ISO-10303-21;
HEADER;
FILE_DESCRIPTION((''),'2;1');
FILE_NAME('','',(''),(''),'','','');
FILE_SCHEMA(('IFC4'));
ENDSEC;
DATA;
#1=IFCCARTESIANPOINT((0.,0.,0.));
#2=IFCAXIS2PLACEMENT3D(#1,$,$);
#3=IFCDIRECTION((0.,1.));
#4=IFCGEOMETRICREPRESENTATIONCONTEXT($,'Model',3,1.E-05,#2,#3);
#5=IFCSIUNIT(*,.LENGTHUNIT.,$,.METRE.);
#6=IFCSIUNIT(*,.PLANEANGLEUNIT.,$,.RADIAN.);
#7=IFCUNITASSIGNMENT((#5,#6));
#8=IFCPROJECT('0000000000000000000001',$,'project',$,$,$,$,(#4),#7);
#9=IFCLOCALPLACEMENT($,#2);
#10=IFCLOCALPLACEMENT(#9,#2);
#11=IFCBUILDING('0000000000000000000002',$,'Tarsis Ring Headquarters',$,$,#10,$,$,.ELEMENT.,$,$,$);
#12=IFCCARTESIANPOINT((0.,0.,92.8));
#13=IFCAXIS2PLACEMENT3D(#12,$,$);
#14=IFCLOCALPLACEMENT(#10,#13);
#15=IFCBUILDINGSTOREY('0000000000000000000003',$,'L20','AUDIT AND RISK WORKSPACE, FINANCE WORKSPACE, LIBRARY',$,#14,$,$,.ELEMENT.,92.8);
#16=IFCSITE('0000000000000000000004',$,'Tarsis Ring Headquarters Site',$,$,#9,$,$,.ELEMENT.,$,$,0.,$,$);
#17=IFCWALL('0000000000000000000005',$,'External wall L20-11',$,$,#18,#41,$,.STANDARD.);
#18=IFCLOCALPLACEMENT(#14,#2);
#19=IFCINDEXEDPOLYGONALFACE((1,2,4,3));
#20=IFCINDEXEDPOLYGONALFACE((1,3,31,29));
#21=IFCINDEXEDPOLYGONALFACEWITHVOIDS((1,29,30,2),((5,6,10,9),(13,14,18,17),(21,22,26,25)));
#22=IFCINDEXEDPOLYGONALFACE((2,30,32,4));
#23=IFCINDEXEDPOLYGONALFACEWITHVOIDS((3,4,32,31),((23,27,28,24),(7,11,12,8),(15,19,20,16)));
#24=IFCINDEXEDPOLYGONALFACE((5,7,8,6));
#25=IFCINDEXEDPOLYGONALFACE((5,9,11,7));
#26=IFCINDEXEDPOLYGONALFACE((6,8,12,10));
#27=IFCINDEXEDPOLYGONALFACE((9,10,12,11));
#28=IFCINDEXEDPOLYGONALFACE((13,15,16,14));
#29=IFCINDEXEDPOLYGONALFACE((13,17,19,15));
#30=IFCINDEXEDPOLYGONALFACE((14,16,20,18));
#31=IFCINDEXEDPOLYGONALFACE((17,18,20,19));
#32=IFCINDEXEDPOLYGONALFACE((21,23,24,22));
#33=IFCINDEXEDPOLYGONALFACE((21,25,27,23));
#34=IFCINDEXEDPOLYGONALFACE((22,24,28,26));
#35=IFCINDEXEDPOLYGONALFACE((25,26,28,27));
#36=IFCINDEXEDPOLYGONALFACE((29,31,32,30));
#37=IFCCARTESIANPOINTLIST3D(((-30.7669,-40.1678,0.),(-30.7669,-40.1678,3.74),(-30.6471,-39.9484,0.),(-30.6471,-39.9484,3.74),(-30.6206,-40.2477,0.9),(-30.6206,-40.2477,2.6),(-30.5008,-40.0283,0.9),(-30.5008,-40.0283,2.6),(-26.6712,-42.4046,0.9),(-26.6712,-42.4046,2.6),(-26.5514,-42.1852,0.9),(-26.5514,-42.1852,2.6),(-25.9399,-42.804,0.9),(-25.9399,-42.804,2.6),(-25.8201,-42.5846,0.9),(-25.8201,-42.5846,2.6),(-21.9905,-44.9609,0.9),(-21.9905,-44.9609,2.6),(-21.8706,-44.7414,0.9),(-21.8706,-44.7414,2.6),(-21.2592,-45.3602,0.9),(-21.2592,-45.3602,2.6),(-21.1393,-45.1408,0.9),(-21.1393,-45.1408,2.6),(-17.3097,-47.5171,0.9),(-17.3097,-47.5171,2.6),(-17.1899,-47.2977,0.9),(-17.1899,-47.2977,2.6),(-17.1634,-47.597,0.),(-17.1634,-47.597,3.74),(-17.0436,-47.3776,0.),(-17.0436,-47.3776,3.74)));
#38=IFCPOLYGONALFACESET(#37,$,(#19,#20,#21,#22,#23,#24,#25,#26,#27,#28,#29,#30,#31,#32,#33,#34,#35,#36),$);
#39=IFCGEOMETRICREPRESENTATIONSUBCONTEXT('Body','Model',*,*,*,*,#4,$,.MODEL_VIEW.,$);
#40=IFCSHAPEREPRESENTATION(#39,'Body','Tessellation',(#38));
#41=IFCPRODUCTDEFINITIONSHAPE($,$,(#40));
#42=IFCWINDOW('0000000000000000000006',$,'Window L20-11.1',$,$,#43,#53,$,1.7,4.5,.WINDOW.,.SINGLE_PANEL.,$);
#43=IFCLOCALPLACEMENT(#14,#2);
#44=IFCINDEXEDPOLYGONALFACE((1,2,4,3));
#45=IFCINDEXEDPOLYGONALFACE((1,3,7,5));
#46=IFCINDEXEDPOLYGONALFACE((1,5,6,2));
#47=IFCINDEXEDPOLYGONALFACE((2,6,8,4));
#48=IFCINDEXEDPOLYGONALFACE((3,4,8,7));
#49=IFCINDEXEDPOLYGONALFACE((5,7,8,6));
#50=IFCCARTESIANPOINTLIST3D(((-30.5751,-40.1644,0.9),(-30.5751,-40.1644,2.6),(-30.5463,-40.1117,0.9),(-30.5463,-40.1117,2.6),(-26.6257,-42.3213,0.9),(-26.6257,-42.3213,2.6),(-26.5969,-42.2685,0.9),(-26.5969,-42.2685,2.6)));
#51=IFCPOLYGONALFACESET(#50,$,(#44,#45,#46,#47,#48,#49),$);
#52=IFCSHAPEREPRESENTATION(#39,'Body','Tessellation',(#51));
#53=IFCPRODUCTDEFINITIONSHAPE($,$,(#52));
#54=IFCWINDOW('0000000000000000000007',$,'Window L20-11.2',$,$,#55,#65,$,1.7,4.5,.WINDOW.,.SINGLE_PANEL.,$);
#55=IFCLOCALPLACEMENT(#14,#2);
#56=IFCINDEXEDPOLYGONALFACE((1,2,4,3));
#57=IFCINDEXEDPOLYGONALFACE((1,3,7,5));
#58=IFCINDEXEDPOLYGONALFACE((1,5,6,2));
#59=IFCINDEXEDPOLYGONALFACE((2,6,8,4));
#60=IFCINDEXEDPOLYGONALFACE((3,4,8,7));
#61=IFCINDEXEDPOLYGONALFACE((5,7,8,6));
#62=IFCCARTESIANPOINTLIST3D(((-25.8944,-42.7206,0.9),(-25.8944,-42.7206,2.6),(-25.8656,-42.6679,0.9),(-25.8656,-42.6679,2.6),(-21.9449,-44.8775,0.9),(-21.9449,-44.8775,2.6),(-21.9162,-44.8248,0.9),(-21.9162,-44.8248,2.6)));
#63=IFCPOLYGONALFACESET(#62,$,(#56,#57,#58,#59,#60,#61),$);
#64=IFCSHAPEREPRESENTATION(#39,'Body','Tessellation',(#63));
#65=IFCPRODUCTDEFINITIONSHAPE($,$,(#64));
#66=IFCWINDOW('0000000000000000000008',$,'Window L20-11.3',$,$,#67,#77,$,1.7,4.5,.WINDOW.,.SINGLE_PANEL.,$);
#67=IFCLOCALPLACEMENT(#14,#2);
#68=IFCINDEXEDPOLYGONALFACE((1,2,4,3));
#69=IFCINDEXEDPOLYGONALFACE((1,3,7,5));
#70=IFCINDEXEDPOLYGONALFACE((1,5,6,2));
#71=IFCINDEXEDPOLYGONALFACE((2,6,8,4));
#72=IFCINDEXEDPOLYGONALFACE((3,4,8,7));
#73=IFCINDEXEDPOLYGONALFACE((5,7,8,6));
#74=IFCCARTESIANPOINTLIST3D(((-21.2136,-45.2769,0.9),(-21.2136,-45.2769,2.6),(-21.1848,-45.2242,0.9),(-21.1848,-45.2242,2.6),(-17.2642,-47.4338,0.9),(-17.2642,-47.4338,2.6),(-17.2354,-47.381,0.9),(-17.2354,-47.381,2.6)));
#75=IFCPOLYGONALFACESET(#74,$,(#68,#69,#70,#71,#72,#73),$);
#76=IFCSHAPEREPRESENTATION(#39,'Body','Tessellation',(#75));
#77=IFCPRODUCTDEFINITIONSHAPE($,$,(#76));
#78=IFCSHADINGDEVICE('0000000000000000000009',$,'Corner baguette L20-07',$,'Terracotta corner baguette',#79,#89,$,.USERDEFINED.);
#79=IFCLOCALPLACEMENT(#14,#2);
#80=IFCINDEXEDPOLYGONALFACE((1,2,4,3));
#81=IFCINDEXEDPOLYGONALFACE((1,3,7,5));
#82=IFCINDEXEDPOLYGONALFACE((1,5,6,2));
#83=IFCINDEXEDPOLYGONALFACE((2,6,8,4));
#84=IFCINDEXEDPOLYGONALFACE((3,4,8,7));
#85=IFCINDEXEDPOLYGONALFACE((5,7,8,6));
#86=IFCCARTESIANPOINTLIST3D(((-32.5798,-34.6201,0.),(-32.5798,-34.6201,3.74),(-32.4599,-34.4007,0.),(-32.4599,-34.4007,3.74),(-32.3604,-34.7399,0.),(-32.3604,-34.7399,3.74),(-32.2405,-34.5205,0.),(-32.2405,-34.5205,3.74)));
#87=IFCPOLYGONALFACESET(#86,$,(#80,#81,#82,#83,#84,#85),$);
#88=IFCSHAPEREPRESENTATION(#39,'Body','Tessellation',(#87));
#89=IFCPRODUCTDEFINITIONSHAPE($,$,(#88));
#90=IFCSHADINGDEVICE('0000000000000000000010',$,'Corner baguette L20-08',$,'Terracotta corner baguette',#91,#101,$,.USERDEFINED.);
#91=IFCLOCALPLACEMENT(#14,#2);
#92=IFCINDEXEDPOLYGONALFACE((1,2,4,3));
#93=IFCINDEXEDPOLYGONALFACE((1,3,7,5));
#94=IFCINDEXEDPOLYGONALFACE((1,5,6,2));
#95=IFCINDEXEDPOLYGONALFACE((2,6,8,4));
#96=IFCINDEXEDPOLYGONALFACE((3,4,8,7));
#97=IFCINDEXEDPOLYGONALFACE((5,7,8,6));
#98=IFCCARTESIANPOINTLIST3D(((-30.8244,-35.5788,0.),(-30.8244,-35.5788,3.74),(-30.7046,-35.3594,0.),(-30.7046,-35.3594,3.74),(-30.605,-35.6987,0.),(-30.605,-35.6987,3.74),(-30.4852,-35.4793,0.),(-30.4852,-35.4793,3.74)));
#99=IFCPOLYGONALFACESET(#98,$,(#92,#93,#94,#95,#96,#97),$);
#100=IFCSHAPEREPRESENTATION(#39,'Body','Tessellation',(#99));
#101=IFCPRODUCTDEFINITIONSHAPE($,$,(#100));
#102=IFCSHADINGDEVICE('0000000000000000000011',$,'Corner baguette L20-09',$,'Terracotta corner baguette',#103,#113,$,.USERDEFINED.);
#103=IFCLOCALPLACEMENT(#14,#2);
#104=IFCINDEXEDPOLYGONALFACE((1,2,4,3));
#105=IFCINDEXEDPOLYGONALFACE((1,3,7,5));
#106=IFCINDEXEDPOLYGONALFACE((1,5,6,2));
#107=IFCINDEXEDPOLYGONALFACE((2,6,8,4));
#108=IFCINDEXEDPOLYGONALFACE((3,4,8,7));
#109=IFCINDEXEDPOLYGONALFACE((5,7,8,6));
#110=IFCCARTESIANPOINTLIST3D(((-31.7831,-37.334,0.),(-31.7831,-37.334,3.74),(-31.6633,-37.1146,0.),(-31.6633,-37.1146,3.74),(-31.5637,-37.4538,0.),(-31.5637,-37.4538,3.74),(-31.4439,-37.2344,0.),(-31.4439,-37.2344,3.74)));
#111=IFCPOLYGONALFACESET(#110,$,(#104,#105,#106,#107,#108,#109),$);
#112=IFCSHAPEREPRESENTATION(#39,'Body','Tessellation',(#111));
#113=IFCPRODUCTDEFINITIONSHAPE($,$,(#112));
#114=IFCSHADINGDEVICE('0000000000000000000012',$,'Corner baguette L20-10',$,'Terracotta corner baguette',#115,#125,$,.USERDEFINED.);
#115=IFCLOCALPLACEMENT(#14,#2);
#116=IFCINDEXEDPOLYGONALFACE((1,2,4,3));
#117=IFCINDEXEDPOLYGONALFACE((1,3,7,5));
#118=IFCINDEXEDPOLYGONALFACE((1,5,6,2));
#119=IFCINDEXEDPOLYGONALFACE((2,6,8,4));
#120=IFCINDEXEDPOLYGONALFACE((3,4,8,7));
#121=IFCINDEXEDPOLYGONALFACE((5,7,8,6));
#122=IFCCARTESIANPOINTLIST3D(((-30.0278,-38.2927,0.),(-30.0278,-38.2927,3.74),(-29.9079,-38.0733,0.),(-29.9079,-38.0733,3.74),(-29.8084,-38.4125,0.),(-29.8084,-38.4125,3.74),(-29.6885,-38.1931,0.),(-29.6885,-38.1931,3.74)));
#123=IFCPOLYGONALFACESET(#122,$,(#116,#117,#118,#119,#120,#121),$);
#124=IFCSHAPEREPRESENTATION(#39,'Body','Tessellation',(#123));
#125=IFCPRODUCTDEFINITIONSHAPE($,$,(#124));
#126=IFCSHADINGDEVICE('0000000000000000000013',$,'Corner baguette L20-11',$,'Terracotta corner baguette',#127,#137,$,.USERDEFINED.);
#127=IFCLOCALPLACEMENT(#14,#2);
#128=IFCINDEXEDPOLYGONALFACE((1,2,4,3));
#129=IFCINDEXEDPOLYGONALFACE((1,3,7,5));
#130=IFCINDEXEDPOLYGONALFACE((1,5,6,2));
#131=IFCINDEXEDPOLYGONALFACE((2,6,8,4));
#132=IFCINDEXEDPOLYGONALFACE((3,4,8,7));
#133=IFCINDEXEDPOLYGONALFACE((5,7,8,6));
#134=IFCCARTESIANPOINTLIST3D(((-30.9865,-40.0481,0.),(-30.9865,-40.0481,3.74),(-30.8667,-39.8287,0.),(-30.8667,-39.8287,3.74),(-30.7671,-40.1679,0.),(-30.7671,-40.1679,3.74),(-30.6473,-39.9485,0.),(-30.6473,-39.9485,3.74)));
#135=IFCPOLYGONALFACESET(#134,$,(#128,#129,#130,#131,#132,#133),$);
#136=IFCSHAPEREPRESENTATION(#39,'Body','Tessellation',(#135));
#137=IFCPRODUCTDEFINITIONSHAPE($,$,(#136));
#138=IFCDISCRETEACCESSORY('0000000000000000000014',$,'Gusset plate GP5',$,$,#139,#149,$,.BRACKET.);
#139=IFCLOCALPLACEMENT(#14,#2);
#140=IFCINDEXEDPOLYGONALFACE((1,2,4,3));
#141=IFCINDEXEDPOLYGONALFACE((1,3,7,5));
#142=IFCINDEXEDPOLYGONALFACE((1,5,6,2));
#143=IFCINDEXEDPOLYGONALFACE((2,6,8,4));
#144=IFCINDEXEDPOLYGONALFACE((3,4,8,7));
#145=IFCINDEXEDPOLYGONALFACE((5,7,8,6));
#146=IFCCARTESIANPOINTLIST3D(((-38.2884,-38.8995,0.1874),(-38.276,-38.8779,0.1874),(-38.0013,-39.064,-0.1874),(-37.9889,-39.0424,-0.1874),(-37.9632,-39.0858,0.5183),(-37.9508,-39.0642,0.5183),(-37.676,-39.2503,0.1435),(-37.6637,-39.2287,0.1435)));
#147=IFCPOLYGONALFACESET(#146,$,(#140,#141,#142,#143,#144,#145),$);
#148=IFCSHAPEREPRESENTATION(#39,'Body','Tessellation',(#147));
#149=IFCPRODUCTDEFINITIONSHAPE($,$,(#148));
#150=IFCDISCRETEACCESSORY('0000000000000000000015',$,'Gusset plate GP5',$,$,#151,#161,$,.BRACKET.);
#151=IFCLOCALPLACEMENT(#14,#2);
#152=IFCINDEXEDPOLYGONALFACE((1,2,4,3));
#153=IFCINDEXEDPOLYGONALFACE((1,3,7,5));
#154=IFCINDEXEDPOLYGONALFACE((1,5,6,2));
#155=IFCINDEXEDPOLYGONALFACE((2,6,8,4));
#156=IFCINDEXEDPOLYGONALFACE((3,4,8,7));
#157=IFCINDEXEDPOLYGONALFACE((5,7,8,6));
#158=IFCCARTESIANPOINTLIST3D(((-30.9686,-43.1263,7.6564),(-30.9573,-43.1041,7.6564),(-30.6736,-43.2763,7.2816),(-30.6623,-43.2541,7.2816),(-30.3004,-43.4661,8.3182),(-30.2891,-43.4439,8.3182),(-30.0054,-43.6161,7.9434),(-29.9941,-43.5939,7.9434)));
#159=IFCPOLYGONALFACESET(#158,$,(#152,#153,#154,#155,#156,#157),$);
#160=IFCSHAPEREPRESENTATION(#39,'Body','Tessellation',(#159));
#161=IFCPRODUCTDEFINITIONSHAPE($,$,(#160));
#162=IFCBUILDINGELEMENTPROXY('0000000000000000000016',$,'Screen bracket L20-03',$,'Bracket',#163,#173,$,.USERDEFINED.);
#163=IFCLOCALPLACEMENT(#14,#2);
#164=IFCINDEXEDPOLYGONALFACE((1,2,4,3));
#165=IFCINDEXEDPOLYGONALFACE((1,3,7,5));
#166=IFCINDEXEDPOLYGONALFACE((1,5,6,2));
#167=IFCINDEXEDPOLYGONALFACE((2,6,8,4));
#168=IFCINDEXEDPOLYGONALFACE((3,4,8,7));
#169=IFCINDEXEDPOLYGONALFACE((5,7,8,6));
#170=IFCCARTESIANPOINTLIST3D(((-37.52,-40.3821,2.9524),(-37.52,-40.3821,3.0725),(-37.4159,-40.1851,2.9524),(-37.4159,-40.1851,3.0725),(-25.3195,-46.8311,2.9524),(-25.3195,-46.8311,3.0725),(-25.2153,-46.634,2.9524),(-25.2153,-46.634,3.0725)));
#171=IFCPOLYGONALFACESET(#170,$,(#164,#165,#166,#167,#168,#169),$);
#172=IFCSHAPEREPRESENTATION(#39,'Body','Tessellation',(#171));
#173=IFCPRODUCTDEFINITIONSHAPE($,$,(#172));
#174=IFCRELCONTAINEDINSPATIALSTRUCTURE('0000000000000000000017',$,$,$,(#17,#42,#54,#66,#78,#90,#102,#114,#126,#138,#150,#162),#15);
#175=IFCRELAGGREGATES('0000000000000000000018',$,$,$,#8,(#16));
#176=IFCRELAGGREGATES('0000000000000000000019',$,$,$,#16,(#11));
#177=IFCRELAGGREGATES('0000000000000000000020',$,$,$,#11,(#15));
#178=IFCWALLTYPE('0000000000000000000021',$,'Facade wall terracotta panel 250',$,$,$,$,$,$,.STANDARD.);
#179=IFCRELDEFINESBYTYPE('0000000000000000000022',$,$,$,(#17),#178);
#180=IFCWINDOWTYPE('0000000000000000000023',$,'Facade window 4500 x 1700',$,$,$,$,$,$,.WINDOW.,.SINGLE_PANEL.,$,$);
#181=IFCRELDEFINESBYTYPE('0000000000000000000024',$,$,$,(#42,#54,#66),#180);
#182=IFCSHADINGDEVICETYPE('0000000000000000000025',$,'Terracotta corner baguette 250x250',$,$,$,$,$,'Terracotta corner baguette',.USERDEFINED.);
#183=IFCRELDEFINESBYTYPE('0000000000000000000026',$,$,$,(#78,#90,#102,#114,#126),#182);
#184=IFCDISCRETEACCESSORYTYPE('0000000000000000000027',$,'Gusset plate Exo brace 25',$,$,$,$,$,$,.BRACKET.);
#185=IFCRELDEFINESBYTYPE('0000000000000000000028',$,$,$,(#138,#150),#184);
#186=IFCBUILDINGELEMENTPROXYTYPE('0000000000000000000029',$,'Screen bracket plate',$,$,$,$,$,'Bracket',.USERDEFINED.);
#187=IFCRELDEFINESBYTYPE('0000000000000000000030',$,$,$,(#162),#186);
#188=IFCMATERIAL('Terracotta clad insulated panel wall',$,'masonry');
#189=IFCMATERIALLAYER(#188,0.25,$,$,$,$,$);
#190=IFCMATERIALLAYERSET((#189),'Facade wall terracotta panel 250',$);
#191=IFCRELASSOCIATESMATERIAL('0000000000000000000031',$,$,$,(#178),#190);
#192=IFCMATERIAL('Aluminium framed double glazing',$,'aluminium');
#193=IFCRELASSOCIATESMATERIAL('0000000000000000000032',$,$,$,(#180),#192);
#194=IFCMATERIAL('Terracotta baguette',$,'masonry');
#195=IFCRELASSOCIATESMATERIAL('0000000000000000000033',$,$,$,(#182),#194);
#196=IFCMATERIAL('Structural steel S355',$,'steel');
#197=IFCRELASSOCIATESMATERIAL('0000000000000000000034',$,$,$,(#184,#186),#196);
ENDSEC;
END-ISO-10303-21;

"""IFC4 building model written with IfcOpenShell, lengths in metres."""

from ifc_helpers import new_model, si_unit, direction, frame, frame_2d, origin, origin_2d, place, context, subcontext, project, spatial, rectangle, extrude, material, layer, layer_set, material_profile, profile_set, type_object, element, fill, save


model = new_model("IFC4")

# Units and contexts
model_context = context("Model", 3, precision=1e-05, world=origin(), true_north=direction((0.0, 1.0)))
body_context = subcontext(model_context, "Body", "Model", "MODEL_VIEW")
ifc_project = project(units=[si_unit("LENGTHUNIT", "METRE"), si_unit("PLANEANGLEUNIT", "RADIAN")], contexts=[model_context])

# Site, building, storey
site_placement = place(None, origin())
site = spatial("IfcSite", under=ifc_project, at=site_placement, Name="Tarsis Ring Headquarters Site", CompositionType="ELEMENT", RefElevation=0.0)
building_placement = place(site_placement, origin())
building = spatial("IfcBuilding", under=site, at=building_placement, Name="Tarsis Ring Headquarters", CompositionType="ELEMENT")
storey_placement = place(building_placement, frame((0.0, 0.0, 92.8)))
storey = spatial("IfcBuildingStorey", under=building, at=storey_placement, Name="L20", Description="AUDIT AND RISK WORKSPACE, FINANCE WORKSPACE, LIBRARY", CompositionType="ELEMENT", Elevation=92.8)

# Shared definitions
ifc_material_1 = material(Name="Structural steel S355", Category="steel")

# Shared definitions
ifc_material_2 = material(Name="Terracotta clad insulated panel wall", Category="masonry")
ifc_layer = layer(ifc_material_2, 0.25)
ifc_layer_set = layer_set([ifc_layer], Name="Facade wall terracotta panel 250")
wall_type = type_object("IfcWallType", Name="Facade wall terracotta panel 250", PredefinedType="STANDARD", material=ifc_layer_set)

# Wall, openings, windows
wall_placement = place(storey_placement, frame((-30.707, -40.0581, 0.0), z_axis=(0.0, 0.0, 1.0), x_axis=(0.877649, -0.479305, 0.0)))
wall = element("IfcWall", 1, at=wall_placement, inside=storey, type_object=wall_type, Name="External wall L20-11", PredefinedType="STANDARD", context=body_context, shape_type="SweptSolid", body=[
    extrude(rectangle(XDim=15.5, YDim=0.25, at=frame_2d((7.75, 0.0))), origin(), (0.0, 0.0, 1.0), 3.74),
])
opening_1_placement = place(wall_placement, frame((0.1667, 0.0, 0.8999)))
opening_1 = element("IfcOpeningElement", 2, at=opening_1_placement, cuts=wall, PredefinedType="OPENING", context=body_context, shape_type="SweptSolid", body=[
    extrude(rectangle(XDim=4.5, YDim=1.7, at=frame_2d((2.25, 0.8501))), frame((0.0, 0.135, 0.0), z_axis=(0.0, -1.0, 0.0), x_axis=(1.0, 0.0, 0.0)), (0.0, 0.0, 1.0), 0.27),
])
opening_2_placement = place(wall_placement, frame((5.5, 0.0, 0.8999)))
opening_2 = element("IfcOpeningElement", 3, at=opening_2_placement, cuts=wall, PredefinedType="OPENING", context=body_context, shape_type="SweptSolid", body=[
    extrude(rectangle(XDim=4.5, YDim=1.7, at=frame_2d((2.25, 0.8501))), frame((0.0, 0.135, 0.0), z_axis=(0.0, -1.0, 0.0), x_axis=(1.0, 0.0, 0.0)), (0.0, 0.0, 1.0), 0.27),
])
opening_3_placement = place(wall_placement, frame((10.8333, 0.0, 0.8999)))
opening_3 = element("IfcOpeningElement", 4, at=opening_3_placement, cuts=wall, PredefinedType="OPENING", context=body_context, shape_type="SweptSolid", body=[
    extrude(rectangle(XDim=4.5, YDim=1.7, at=frame_2d((2.25, 0.8501))), frame((0.0, 0.135, 0.0), z_axis=(0.0, -1.0, 0.0), x_axis=(1.0, 0.0, 0.0)), (0.0, 0.0, 1.0), 0.27),
])
ifc_material_3 = material(Name="Aluminium framed double glazing", Category="aluminium")
window_type = type_object("IfcWindowType", Name="Facade window 4500 x 1700", PartitioningType="SINGLE_PANEL", PredefinedType="WINDOW", material=ifc_material_3)
window_1_placement = place(opening_1_placement, origin())
window_1 = element("IfcWindow", 5, at=window_1_placement, inside=storey, type_object=window_type, Name="Window L20-11.1", OverallHeight=1.7, OverallWidth=4.5, PartitioningType="SINGLE_PANEL", PredefinedType="WINDOW", context=body_context, shape_type="SweptSolid", body=[
    extrude(rectangle(XDim=4.5, YDim=1.7, at=frame_2d((2.25, 0.8501))), frame((0.0, 0.03, 0.0), z_axis=(0.0, -1.0, 0.0), x_axis=(1.0, 0.0, 0.0)), (0.0, 0.0, 1.0), 0.0601),
])
fill(opening_1, window_1)
window_2_placement = place(opening_2_placement, origin())
window_2 = element("IfcWindow", 6, at=window_2_placement, inside=storey, type_object=window_type, Name="Window L20-11.2", OverallHeight=1.7, OverallWidth=4.5, PartitioningType="SINGLE_PANEL", PredefinedType="WINDOW", context=body_context, shape_type="SweptSolid", body=[
    extrude(rectangle(XDim=4.5, YDim=1.7, at=frame_2d((2.25, 0.8501))), frame((0.0, 0.03, 0.0), z_axis=(0.0, -1.0, 0.0), x_axis=(1.0, 0.0, 0.0)), (0.0, 0.0, 1.0), 0.0601),
])
fill(opening_2, window_2)
window_3_placement = place(opening_3_placement, origin())
window_3 = element("IfcWindow", 7, at=window_3_placement, inside=storey, type_object=window_type, Name="Window L20-11.3", OverallHeight=1.7, OverallWidth=4.5, PartitioningType="SINGLE_PANEL", PredefinedType="WINDOW", context=body_context, shape_type="SweptSolid", body=[
    extrude(rectangle(XDim=4.5, YDim=1.7, at=frame_2d((2.25, 0.8501))), frame((0.0, 0.03, 0.0), z_axis=(0.0, -1.0, 0.0), x_axis=(1.0, 0.0, 0.0)), (0.0, 0.0, 1.0), 0.0601),
])
fill(opening_3, window_3)

# Shading devices
ifc_material_4 = material(Name="Terracotta baguette", Category="masonry")
shading_device_type_1 = type_object("IfcShadingDeviceType", Name="Terracotta corner baguette 250x250", ElementType="Terracotta corner baguette", PredefinedType="USERDEFINED", material=ifc_material_4)
for number, where, z_axis, x_axis, name in (
    (8, (-32.4102, -34.5703, 0.0), (0.0, 0.0, 1.0), (-0.479305, -0.877649, 0.0), "Corner baguette L20-07"),
    (9, (-30.6548, -35.5291, 0.0), (0.0, 0.0, 1.0), (0.877649, -0.479304, 0.0), "Corner baguette L20-08"),
    (10, (-31.6135, -37.2842, 0.0), (0.0, 0.0, 1.0), (-0.479305, -0.877648, 0.0), "Corner baguette L20-09"),
    (11, (-29.8582, -38.2429, 0.0), (0.0, 0.0, 1.0), (0.877648, -0.479305, 0.0), "Corner baguette L20-10"),
    (12, (-30.8169, -39.9983, 0.0), (0.0, 0.0, 1.0), (-0.479305, -0.877649, 0.0), "Corner baguette L20-11"),
):
    element("IfcShadingDevice", number, at=place(storey_placement, frame(where, z_axis=z_axis, x_axis=x_axis)), inside=storey, type_object=shading_device_type_1, Name=name, ObjectType="Terracotta corner baguette", PredefinedType="USERDEFINED", context=body_context, shape_type="SweptSolid", body=[
        extrude(rectangle(XDim=0.25, YDim=0.25, at=origin_2d()), origin(), (0.0, 0.0, 1.0), 3.74),
    ])

# Discrete accessories
ifc_material_profile_1 = material_profile(ifc_material_1, rectangle(XDim=0.0249, YDim=0.5, at=origin_2d()), Name="PL 25x500")
ifc_profile_set_1 = profile_set([ifc_material_profile_1], Name="Structural steel S355")
discrete_accessory_type = type_object("IfcDiscreteAccessoryType", Name="Gusset plate Exo brace 25", PredefinedType="BRACKET", material=ifc_profile_set_1)
discrete_accessory_1_placement = place(storey_placement, frame((-38.1387, -38.9709, 0.0), z_axis=(0.650537, -0.372642, 0.66177), x_axis=(0.497051, 0.867722, 0.0)))
element("IfcDiscreteAccessory", 13, at=discrete_accessory_1_placement, inside=storey, type_object=discrete_accessory_type, Name="Gusset plate GP5", PredefinedType="BRACKET", context=body_context, shape_type="SweptSolid", body=[
    extrude(rectangle(XDim=0.0249, YDim=0.5, at=origin_2d()), origin(), (0.0, 0.0, 1.0), 0.5),
])
discrete_accessory_2_placement = place(storey_placement, frame((-30.8154, -43.1902, 7.469), z_axis=(0.66819, -0.339832, 0.661843), x_axis=(0.453326, 0.891345, 0.0)))
element("IfcDiscreteAccessory", 14, at=discrete_accessory_2_placement, inside=storey, type_object=discrete_accessory_type, Name="Gusset plate GP5", PredefinedType="BRACKET", context=body_context, shape_type="SweptSolid", body=[
    extrude(rectangle(XDim=0.0249, YDim=0.5, at=origin_2d()), origin(), (0.0, 0.0, 1.0), 1.0),
])

# Building element proxy
building_element_proxy_type = type_object("IfcBuildingElementProxyType", Name="Screen bracket plate", ElementType="Bracket", PredefinedType="USERDEFINED", material=ifc_material_1)
proxy_placement = place(storey_placement, frame((-31.3677, -43.5081, 2.9524), z_axis=(0.0, 0.0, 1.0), x_axis=(0.884092, -0.467313, 0.0)))
element("IfcBuildingElementProxy", 15, at=proxy_placement, inside=storey, type_object=building_element_proxy_type, Name="Screen bracket L20-03", ObjectType="Bracket", PredefinedType="USERDEFINED", context=body_context, shape_type="SweptSolid", body=[
    extrude(rectangle(XDim=13.8, YDim=0.2229, at=origin_2d()), origin(), (0.0, 0.0, 1.0), 0.1201),
])

save(model, "model.ifc")
